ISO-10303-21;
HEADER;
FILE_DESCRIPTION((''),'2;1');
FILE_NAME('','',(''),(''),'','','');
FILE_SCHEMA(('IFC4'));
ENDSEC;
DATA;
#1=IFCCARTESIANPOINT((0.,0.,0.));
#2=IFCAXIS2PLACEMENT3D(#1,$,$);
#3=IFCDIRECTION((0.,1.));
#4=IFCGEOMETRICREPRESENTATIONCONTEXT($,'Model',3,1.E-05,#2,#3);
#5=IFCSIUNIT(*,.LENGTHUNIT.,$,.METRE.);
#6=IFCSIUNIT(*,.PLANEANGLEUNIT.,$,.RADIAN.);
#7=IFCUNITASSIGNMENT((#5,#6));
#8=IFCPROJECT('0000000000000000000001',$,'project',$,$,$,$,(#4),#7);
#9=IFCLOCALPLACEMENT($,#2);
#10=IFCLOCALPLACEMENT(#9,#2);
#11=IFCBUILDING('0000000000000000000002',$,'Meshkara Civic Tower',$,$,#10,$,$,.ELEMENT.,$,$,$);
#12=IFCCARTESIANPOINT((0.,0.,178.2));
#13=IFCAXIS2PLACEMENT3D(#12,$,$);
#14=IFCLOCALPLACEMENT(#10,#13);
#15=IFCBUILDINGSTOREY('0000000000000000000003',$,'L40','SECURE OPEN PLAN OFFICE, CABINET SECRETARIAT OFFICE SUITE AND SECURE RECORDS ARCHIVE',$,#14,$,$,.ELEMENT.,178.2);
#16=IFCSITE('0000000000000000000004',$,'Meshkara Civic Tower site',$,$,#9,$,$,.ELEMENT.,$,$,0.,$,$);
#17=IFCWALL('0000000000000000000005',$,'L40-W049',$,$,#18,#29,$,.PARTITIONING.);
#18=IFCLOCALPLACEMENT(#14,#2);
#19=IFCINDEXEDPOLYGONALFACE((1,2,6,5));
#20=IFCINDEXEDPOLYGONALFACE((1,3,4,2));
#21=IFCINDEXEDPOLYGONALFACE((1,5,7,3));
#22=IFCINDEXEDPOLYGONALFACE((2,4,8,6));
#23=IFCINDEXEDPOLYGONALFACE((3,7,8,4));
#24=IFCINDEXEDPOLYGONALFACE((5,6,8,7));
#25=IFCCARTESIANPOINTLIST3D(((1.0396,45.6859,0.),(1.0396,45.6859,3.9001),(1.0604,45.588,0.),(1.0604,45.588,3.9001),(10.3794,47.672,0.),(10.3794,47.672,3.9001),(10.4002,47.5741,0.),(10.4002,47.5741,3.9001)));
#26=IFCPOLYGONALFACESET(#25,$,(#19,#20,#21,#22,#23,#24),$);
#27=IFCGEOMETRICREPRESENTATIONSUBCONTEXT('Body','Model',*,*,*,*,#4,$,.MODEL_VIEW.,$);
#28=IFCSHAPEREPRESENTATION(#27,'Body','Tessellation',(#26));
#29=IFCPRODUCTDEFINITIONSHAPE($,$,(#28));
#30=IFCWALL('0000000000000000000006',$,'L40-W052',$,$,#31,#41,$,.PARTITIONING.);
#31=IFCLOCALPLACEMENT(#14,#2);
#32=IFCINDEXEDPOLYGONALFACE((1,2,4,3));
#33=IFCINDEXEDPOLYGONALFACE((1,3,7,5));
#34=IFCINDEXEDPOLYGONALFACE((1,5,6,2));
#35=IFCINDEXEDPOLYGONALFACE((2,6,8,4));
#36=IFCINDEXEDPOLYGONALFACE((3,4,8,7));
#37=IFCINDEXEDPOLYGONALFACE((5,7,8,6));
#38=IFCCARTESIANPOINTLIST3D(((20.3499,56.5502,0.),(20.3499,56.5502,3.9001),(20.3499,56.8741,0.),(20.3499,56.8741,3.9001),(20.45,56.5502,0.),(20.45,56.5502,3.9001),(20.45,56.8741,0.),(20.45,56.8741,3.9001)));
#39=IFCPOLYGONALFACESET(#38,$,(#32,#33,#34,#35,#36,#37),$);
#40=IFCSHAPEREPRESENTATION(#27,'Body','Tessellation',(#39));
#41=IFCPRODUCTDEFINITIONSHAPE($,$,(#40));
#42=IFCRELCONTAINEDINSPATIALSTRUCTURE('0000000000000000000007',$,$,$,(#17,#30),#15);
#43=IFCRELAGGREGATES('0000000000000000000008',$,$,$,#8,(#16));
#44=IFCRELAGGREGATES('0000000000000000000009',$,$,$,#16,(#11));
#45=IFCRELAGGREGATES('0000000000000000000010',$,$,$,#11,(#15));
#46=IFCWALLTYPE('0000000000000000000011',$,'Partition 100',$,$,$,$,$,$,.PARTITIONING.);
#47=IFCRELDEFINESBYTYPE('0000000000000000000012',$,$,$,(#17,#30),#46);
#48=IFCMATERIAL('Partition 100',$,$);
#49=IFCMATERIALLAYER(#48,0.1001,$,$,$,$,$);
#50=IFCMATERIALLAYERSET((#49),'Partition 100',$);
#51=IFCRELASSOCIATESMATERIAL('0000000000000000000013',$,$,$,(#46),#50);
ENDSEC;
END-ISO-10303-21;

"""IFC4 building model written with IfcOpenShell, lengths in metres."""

from ifc_helpers import new_model, si_unit, direction, frame, frame_2d, origin, place, context, subcontext, project, spatial, rectangle, extrude, material, layer, layer_set, type_object, element, save


model = new_model("IFC4")

# Units and contexts
model_context = context("Model", 3, precision=1e-05, world=origin(), true_north=direction((0.0, 1.0)))
body_context = subcontext(model_context, "Body", "Model", "MODEL_VIEW")
ifc_project = project(units=[si_unit("LENGTHUNIT", "METRE"), si_unit("PLANEANGLEUNIT", "RADIAN")], contexts=[model_context])

# Site, building, storey
site_placement = place(None, origin())
site = spatial("IfcSite", under=ifc_project, at=site_placement, Name="Meshkara Civic Tower site", CompositionType="ELEMENT", RefElevation=0.0)
building_placement = place(site_placement, origin())
building = spatial("IfcBuilding", under=site, at=building_placement, Name="Meshkara Civic Tower", CompositionType="ELEMENT")
storey_placement = place(building_placement, frame((0.0, 0.0, 178.2)))
storey = spatial("IfcBuildingStorey", under=building, at=storey_placement, Name="L40", Description="SECURE OPEN PLAN OFFICE, CABINET SECRETARIAT OFFICE SUITE AND SECURE RECORDS ARCHIVE", CompositionType="ELEMENT", Elevation=178.2)

# Walls
ifc_material_1 = material(Name="Partition 100")
ifc_layer_1 = layer(ifc_material_1, 0.1001)
ifc_layer_set_1 = layer_set([ifc_layer_1], Name="Partition 100")
wall_type_1 = type_object("IfcWallType", Name="Partition 100", PredefinedType="PARTITIONING", material=ifc_layer_set_1)
wall_1_placement = place(storey_placement, frame((10.3899, 47.623, 0.0), z_axis=(0.0, 0.0, 1.0), x_axis=(-0.97813, -0.207996, 0.0)))
element("IfcWall", 1, at=wall_1_placement, inside=storey, type_object=wall_type_1, Name="L40-W049", PredefinedType="PARTITIONING", context=body_context, shape_type="SweptSolid", body=[
    extrude(rectangle(XDim=9.5486, YDim=0.1001, at=frame_2d((4.7744, 0.0))), origin(), (0.0, 0.0, 1.0), 3.9001),
])
wall_2_placement = place(storey_placement, frame((20.3999, 56.55, 0.0), z_axis=(0.0, 0.0, 1.0), x_axis=(0.0, 1.0, 0.0)))
element("IfcWall", 2, at=wall_2_placement, inside=storey, type_object=wall_type_1, Name="L40-W052", PredefinedType="PARTITIONING", context=body_context, shape_type="SweptSolid", body=[
    extrude(rectangle(XDim=0.324, YDim=0.1001, at=frame_2d((0.1621, 0.0))), origin(), (0.0, 0.0, 1.0), 3.9001),
])

save(model, "model.ifc")
